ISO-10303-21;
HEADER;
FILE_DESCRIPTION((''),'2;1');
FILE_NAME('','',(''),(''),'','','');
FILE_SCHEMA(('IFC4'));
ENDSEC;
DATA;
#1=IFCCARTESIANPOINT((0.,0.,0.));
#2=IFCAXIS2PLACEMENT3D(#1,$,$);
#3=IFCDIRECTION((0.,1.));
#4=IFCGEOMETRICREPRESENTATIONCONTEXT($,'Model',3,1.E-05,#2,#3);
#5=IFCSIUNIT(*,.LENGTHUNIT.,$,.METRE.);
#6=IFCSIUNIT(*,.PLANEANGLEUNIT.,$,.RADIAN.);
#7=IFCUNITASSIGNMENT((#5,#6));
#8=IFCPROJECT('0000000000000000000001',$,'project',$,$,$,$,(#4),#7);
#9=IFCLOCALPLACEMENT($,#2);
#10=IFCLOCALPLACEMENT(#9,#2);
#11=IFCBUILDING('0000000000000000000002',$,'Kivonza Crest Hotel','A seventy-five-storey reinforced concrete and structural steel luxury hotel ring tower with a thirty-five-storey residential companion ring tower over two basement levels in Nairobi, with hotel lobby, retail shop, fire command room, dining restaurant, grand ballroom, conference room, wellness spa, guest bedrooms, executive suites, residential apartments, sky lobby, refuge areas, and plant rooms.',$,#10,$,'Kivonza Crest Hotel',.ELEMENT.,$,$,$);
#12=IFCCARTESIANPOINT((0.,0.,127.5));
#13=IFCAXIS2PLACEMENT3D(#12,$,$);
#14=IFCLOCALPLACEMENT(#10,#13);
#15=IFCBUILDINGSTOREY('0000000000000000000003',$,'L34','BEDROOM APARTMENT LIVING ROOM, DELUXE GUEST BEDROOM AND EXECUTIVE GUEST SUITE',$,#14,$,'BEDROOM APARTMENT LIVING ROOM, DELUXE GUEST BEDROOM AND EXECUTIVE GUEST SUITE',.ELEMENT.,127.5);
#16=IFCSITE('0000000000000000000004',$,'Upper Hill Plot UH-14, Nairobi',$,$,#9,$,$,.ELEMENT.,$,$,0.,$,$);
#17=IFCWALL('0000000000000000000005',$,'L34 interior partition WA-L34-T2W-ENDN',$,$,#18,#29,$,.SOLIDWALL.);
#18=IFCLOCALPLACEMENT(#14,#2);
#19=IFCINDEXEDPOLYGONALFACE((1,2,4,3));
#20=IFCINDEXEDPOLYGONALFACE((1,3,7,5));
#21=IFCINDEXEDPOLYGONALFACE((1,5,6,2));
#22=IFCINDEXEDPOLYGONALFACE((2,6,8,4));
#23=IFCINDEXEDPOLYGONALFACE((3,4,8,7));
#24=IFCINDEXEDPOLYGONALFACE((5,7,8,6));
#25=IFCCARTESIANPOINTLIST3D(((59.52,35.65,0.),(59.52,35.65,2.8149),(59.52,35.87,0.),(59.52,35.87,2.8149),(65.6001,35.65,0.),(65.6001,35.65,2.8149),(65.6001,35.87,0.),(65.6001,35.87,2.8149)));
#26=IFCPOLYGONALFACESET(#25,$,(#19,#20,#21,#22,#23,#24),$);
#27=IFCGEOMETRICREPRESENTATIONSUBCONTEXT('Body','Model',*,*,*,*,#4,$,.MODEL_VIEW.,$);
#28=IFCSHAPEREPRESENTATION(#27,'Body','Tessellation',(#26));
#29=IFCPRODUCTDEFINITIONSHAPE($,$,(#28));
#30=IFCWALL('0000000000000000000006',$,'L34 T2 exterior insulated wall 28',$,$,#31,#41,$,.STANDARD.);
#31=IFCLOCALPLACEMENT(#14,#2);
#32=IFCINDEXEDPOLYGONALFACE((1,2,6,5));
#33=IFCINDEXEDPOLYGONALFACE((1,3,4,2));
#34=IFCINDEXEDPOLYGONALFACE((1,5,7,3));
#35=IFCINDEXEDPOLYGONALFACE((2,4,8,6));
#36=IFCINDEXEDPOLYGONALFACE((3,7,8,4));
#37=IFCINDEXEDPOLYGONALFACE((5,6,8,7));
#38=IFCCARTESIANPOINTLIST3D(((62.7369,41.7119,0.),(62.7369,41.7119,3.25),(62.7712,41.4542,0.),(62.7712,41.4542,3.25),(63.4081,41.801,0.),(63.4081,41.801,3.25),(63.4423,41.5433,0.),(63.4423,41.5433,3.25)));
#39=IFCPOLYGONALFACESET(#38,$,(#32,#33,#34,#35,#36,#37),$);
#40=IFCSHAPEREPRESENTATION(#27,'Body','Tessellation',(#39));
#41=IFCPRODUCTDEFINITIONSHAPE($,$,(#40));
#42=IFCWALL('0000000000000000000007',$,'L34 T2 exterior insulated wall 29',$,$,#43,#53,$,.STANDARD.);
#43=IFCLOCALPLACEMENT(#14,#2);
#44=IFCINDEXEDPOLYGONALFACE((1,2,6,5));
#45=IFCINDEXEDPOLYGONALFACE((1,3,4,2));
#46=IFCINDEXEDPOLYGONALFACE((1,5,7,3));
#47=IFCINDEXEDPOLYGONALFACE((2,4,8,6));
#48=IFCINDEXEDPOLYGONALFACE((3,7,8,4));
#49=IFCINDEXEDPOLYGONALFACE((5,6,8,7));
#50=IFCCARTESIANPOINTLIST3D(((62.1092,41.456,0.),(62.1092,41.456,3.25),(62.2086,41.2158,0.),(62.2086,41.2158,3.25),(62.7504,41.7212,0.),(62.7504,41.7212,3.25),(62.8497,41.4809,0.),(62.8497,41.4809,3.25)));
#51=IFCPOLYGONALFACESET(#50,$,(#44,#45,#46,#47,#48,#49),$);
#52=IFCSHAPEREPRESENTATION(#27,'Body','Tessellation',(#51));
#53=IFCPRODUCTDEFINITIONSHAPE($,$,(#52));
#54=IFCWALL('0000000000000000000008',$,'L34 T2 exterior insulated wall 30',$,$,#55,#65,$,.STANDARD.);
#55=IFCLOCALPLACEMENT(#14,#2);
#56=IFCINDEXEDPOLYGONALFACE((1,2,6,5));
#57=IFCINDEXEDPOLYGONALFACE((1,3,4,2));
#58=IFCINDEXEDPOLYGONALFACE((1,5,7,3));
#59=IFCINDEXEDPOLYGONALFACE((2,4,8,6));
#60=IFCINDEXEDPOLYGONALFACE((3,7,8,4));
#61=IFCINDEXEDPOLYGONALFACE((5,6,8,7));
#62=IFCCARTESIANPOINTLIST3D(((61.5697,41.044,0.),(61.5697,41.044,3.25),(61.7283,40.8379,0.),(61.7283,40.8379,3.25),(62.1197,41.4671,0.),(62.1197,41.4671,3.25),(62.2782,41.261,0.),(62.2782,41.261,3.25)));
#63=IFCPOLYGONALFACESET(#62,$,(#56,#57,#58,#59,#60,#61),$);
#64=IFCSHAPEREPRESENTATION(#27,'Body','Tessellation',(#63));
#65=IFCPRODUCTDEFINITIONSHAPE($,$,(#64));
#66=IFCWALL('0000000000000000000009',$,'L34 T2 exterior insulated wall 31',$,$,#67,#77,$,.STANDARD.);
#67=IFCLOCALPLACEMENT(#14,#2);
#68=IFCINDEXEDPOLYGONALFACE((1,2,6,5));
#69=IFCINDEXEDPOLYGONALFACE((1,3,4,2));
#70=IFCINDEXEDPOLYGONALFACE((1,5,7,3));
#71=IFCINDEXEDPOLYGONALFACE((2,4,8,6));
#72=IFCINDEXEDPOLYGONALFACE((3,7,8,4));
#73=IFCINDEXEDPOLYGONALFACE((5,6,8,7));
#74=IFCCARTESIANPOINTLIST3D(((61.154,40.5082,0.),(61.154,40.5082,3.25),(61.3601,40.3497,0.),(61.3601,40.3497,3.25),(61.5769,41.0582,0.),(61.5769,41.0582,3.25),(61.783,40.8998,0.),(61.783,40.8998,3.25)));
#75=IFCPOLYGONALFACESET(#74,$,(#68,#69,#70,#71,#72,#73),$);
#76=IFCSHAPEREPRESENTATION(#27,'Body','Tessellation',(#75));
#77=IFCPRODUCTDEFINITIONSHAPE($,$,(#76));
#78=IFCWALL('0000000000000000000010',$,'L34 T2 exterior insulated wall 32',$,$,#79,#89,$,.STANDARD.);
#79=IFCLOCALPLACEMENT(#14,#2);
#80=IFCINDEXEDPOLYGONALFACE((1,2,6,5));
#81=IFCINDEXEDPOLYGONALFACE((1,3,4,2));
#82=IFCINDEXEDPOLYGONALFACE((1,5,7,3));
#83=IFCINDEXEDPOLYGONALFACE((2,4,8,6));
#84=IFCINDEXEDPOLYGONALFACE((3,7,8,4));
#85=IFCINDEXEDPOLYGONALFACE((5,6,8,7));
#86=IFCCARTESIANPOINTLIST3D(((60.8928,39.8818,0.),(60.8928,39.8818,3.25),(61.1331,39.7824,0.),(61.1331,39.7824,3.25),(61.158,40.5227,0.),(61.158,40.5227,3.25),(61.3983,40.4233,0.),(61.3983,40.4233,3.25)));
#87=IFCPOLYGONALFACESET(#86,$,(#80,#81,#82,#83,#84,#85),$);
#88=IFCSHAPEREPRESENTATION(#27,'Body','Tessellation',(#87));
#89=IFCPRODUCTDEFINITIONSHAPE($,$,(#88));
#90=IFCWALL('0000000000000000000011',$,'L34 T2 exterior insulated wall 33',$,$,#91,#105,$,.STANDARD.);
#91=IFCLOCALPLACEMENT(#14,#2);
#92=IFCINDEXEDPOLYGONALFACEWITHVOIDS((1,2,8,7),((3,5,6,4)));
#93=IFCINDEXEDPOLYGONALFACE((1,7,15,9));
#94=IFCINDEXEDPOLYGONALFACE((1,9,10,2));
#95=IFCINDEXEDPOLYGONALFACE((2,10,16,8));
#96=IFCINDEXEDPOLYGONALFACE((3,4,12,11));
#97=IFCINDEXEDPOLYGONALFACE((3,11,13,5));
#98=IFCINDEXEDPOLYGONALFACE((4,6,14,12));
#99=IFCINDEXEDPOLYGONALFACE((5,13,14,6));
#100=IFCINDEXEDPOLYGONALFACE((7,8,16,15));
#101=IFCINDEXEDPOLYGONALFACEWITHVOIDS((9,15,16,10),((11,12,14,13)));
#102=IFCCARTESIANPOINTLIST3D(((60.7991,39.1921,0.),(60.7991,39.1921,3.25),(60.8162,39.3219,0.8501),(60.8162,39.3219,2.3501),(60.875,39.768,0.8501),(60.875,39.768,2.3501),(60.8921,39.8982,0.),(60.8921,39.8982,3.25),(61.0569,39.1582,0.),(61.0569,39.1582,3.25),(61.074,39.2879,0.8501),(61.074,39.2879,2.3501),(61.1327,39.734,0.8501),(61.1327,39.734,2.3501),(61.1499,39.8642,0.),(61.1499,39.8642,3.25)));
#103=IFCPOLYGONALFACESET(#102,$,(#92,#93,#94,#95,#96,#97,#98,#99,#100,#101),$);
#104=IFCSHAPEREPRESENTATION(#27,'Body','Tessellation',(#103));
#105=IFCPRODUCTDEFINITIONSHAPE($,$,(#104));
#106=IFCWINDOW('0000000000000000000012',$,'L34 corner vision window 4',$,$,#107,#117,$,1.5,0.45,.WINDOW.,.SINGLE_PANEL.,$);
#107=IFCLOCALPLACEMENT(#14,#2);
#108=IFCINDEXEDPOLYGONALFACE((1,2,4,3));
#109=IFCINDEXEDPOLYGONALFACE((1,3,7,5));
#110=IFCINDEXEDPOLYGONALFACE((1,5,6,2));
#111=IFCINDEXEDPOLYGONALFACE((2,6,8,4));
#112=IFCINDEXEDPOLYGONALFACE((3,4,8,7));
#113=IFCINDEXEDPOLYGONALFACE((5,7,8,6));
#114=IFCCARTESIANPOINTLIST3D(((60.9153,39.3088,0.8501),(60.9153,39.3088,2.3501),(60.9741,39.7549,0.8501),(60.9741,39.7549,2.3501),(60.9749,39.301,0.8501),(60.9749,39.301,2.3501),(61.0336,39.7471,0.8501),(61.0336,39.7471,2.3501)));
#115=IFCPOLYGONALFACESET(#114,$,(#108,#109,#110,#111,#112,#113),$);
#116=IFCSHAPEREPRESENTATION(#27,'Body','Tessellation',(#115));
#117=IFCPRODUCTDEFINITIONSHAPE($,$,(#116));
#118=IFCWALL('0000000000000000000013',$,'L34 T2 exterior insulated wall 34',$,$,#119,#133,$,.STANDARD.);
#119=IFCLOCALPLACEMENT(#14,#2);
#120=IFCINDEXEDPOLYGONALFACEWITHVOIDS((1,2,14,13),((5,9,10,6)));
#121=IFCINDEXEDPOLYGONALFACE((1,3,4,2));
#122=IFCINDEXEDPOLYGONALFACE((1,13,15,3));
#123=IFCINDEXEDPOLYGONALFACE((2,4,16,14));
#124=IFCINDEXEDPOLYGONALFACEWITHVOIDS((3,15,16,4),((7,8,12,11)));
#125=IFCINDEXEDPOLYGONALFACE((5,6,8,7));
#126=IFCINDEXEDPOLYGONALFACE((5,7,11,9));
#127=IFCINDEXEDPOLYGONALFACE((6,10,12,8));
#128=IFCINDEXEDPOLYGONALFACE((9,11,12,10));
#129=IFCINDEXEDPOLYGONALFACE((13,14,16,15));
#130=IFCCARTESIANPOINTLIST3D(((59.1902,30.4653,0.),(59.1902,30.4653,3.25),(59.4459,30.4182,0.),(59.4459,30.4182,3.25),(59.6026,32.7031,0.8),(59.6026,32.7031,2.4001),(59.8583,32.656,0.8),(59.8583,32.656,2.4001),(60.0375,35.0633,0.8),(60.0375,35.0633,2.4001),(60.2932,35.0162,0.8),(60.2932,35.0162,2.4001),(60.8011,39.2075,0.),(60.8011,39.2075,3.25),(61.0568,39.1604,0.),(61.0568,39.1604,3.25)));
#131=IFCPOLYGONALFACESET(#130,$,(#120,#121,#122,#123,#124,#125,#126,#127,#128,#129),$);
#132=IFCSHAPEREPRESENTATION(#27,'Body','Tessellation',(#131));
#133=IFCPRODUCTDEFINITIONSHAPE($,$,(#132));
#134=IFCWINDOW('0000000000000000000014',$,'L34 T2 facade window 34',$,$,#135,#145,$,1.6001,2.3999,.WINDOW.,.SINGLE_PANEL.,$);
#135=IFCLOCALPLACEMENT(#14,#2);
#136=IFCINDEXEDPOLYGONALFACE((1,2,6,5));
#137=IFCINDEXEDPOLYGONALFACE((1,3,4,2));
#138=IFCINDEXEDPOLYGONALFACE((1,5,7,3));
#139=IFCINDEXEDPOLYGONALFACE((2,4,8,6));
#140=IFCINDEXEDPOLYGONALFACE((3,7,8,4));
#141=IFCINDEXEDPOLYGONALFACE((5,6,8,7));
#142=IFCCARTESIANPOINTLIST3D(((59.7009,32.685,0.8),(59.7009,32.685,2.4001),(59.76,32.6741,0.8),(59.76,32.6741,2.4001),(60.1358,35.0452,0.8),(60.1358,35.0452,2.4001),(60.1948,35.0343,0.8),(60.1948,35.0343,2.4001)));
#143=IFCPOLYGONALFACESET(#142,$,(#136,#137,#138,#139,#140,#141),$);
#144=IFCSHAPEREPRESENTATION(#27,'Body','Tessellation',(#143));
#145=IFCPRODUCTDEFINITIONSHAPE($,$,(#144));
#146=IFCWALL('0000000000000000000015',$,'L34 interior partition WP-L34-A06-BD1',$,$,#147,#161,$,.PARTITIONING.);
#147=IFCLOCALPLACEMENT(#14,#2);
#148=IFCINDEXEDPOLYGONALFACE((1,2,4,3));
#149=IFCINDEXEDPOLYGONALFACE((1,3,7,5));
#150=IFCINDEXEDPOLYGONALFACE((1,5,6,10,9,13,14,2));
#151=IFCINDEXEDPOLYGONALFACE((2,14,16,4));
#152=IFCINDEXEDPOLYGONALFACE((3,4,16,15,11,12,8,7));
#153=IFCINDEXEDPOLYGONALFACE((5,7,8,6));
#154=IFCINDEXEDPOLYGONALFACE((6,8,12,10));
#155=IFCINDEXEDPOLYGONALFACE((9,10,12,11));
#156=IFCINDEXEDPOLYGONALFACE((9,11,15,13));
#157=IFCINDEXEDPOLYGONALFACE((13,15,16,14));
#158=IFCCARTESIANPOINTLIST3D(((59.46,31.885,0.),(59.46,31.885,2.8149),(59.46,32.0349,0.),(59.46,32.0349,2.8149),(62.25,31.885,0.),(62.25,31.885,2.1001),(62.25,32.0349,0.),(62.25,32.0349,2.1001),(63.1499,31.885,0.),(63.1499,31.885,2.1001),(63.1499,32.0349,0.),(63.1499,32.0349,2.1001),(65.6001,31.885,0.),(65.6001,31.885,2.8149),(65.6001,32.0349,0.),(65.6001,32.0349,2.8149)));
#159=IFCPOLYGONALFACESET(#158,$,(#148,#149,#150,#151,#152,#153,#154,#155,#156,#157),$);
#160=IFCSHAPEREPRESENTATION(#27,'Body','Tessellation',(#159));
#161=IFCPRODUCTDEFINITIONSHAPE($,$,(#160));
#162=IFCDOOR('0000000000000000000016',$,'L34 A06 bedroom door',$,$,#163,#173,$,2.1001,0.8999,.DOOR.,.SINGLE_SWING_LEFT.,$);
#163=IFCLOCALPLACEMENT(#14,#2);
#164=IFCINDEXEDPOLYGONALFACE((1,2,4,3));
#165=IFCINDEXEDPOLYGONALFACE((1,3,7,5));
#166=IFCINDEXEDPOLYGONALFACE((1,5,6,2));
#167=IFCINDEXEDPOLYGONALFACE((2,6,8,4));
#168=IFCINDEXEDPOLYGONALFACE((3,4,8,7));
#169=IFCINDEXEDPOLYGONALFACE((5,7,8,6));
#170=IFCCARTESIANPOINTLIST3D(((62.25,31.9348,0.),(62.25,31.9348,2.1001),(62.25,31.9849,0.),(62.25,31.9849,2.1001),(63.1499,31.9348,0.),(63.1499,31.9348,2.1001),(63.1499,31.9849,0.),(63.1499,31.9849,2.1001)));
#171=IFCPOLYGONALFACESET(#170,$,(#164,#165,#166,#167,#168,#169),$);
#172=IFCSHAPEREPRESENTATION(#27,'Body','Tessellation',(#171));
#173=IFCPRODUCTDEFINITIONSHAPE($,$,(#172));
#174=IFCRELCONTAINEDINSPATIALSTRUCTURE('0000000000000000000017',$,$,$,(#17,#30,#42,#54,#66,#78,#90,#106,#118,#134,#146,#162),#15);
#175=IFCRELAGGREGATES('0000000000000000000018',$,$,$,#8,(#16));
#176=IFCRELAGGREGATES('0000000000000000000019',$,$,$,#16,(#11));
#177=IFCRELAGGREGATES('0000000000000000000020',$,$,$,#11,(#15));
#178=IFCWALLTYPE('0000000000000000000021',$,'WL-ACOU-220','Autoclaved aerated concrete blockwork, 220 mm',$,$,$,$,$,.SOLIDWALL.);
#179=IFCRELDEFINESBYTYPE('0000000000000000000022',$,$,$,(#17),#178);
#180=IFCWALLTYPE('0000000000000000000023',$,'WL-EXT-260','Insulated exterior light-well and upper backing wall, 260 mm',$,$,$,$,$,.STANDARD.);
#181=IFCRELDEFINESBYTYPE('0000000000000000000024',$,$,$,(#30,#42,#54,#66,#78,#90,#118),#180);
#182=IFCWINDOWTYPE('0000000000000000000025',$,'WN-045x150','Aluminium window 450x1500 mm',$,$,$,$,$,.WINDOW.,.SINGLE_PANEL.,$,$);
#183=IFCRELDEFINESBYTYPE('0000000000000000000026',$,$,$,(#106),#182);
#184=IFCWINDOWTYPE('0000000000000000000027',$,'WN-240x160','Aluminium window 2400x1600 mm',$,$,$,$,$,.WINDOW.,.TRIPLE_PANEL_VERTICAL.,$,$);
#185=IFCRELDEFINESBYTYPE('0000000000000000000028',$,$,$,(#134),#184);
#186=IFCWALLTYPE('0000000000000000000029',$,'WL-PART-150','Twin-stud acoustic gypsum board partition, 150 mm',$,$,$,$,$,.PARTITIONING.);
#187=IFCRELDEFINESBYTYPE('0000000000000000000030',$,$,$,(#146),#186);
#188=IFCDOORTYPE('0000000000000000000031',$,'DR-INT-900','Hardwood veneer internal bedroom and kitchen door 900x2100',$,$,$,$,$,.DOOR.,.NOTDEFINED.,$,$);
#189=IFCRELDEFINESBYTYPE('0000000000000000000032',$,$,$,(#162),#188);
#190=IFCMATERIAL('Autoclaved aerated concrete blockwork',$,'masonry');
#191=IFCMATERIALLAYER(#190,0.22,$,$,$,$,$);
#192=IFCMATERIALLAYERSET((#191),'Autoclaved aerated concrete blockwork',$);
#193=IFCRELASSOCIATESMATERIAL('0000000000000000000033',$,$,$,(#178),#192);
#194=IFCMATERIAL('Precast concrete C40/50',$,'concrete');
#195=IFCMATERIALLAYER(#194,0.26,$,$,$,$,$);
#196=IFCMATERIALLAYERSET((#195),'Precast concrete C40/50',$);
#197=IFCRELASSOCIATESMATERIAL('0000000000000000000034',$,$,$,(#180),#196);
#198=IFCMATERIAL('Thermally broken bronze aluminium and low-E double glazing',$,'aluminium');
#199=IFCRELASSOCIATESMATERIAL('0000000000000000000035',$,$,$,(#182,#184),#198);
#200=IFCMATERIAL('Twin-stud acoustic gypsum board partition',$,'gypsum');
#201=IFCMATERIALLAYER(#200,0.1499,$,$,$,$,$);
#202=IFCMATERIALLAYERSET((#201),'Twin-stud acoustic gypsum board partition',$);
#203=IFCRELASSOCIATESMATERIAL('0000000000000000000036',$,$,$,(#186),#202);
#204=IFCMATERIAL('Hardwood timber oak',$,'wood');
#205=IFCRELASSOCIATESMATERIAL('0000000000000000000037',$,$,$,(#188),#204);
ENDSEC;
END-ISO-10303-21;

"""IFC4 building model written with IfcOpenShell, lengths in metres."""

from ifc_helpers import new_model, si_unit, direction, frame, frame_2d, origin, place, context, subcontext, project, spatial, rectangle, extrude, material, layer, layer_set, type_object, element, fill, save


model = new_model("IFC4")

# Units and contexts
model_context = context("Model", 3, precision=1e-05, world=origin(), true_north=direction((0.0, 1.0)))
body_context = subcontext(model_context, "Body", "Model", "MODEL_VIEW")
ifc_project = project(units=[si_unit("LENGTHUNIT", "METRE"), si_unit("PLANEANGLEUNIT", "RADIAN")], contexts=[model_context])

# Site, building, storey
site_placement = place(None, origin())
site = spatial("IfcSite", under=ifc_project, at=site_placement, Name="Upper Hill Plot UH-14, Nairobi", CompositionType="ELEMENT", RefElevation=0.0)
building_placement = place(site_placement, origin())
building = spatial("IfcBuilding", under=site, at=building_placement, Name="Kivonza Crest Hotel", Description="A seventy-five-storey reinforced concrete and structural steel luxury hotel ring tower with a thirty-five-storey residential companion ring tower over two basement levels in Nairobi, with hotel lobby, retail shop, fire command room, dining restaurant, grand ballroom, conference room, wellness spa, guest bedrooms, executive suites, residential apartments, sky lobby, refuge areas, and plant rooms.", LongName="Kivonza Crest Hotel", CompositionType="ELEMENT")
storey_placement = place(building_placement, frame((0.0, 0.0, 127.5)))
storey = spatial("IfcBuildingStorey", under=building, at=storey_placement, Name="L34", Description="BEDROOM APARTMENT LIVING ROOM, DELUXE GUEST BEDROOM AND EXECUTIVE GUEST SUITE", LongName="BEDROOM APARTMENT LIVING ROOM, DELUXE GUEST BEDROOM AND EXECUTIVE GUEST SUITE", CompositionType="ELEMENT", Elevation=127.5)

# Walls
ifc_material_1 = material(Name="Autoclaved aerated concrete blockwork", Category="masonry")
ifc_layer_1 = layer(ifc_material_1, 0.22)
ifc_layer_set_1 = layer_set([ifc_layer_1], Name="Autoclaved aerated concrete blockwork")
wall_type_1 = type_object("IfcWallType", Name="WL-ACOU-220", Description="Autoclaved aerated concrete blockwork, 220 mm", PredefinedType="SOLIDWALL", material=ifc_layer_set_1)
wall_1_placement = place(storey_placement, frame((59.52, 35.76, 0.0), z_axis=(0.0, 0.0, 1.0), x_axis=(1.0, 0.0, 0.0)))
element("IfcWall", 1, at=wall_1_placement, inside=storey, type_object=wall_type_1, Name="L34 interior partition WA-L34-T2W-ENDN", PredefinedType="SOLIDWALL", context=body_context, shape_type="SweptSolid", body=[
    extrude(rectangle(XDim=6.0801, YDim=0.22, at=frame_2d((3.04, 0.0))), origin(), (0.0, 0.0, 1.0), 2.8149),
])
ifc_material_2 = material(Name="Precast concrete C40/50", Category="concrete")
ifc_layer_2 = layer(ifc_material_2, 0.26)
ifc_layer_set_2 = layer_set([ifc_layer_2], Name="Precast concrete C40/50")
wall_type_2 = type_object("IfcWallType", Name="WL-EXT-260", Description="Insulated exterior light-well and upper backing wall, 260 mm", PredefinedType="STANDARD", material=ifc_layer_set_2)
wall_2_placement = place(storey_placement, frame((63.425, 41.6721, 0.0), z_axis=(0.0, 0.0, 1.0), x_axis=(-0.9913, -0.13162, 0.0)))
element("IfcWall", 2, at=wall_2_placement, inside=storey, type_object=wall_type_2, Name="L34 T2 exterior insulated wall 28", PredefinedType="STANDARD", context=body_context, shape_type="SweptSolid", body=[
    extrude(rectangle(XDim=0.677, YDim=0.26, at=frame_2d((0.3384, 0.0))), origin(), (0.0, 0.0, 1.0), 3.25),
])
for number, where, z_axis, x_axis, name in (
    (3, (62.8, 41.6011, 0.0), (0.0, 0.0, 1.0), (-0.924094, -0.382165, 0.0), "L34 T2 exterior insulated wall 29"),
    (4, (62.199, 41.364, 0.0), (0.0, 0.0, 1.0), (-0.792637, -0.609694, 0.0), "L34 T2 exterior insulated wall 30"),
    (5, (61.6799, 40.979, 0.0), (0.0, 0.0, 1.0), (-0.609473, -0.792807, 0.0), "L34 T2 exterior insulated wall 31"),
):
    element("IfcWall", number, at=place(storey_placement, frame(where, z_axis=z_axis, x_axis=x_axis)), inside=storey, type_object=wall_type_2, Name=name, PredefinedType="STANDARD", context=body_context, shape_type="SweptSolid", body=[
        extrude(rectangle(XDim=0.6938, YDim=0.26, at=frame_2d((0.3469, 0.0))), origin(), (0.0, 0.0, 1.0), 3.25),
    ])
wall_3_placement = place(storey_placement, frame((61.2781, 40.4729, 0.0), z_axis=(0.0, 0.0, 1.0), x_axis=(-0.38229, -0.924043, 0.0)))
element("IfcWall", 6, at=wall_3_placement, inside=storey, type_object=wall_type_2, Name="L34 T2 exterior insulated wall 32", PredefinedType="STANDARD", context=body_context, shape_type="SweptSolid", body=[
    extrude(rectangle(XDim=0.6936, YDim=0.26, at=frame_2d((0.3467, 0.0))), origin(), (0.0, 0.0, 1.0), 3.25),
])

# Walls, openings, windows
wall_4_placement = place(storey_placement, frame((61.021, 39.8811, 0.0), z_axis=(0.0, 0.0, 1.0), x_axis=(-0.130614, -0.991433, 0.0)))
wall_4 = element("IfcWall", 7, at=wall_4_placement, inside=storey, type_object=wall_type_2, Name="L34 T2 exterior insulated wall 33", PredefinedType="STANDARD", context=body_context, shape_type="SweptSolid", body=[
    extrude(rectangle(XDim=0.7122, YDim=0.26, at=frame_2d((0.356, 0.0))), origin(), (0.0, 0.0, 1.0), 3.25),
])
opening_1_placement = place(wall_4_placement, frame((0.1311, 0.0, 0.8501)))
opening_1 = element("IfcOpeningElement", 8, at=opening_1_placement, cuts=wall_4, PredefinedType="OPENING", context=body_context, shape_type="SweptSolid", body=[
    extrude(rectangle(XDim=0.45, YDim=1.5, at=frame_2d((0.2251, 0.75))), frame((0.0, 0.1401, 0.0), z_axis=(0.0, -1.0, 0.0), x_axis=(1.0, 0.0, 0.0)), (0.0, 0.0, 1.0), 0.28),
])
ifc_material_3 = material(Name="Thermally broken bronze aluminium and low-E double glazing", Category="aluminium")
window_type_1 = type_object("IfcWindowType", Name="WN-045x150", Description="Aluminium window 450x1500 mm", PartitioningType="SINGLE_PANEL", PredefinedType="WINDOW", material=ifc_material_3)
window_1_placement = place(opening_1_placement, origin())
window_1 = element("IfcWindow", 9, at=window_1_placement, inside=storey, type_object=window_type_1, Name="L34 corner vision window 4", OverallHeight=1.5, OverallWidth=0.45, PartitioningType="SINGLE_PANEL", PredefinedType="WINDOW", context=body_context, shape_type="SweptSolid", body=[
    extrude(rectangle(XDim=0.45, YDim=1.5, at=frame_2d((0.2251, 0.75))), frame((0.0, 0.03, 0.0), z_axis=(0.0, -1.0, 0.0), x_axis=(1.0, 0.0, 0.0)), (0.0, 0.0, 1.0), 0.0601),
])
fill(opening_1, window_1)
wall_5_placement = place(storey_placement, frame((60.929, 39.1841, 0.0), z_axis=(0.0, 0.0, 1.0), x_axis=(-0.18121, -0.983444, 0.0)))
wall_5 = element("IfcWall", 10, at=wall_5_placement, inside=storey, type_object=wall_type_2, Name="L34 T2 exterior insulated wall 34", PredefinedType="STANDARD", context=body_context, shape_type="SweptSolid", body=[
    extrude(rectangle(XDim=8.8894, YDim=0.26, at=frame_2d((4.4448, 0.0))), origin(), (0.0, 0.0, 1.0), 3.25),
])
opening_2_placement = place(wall_5_placement, frame((4.2141, 0.0, 0.8)))
opening_2 = element("IfcOpeningElement", 11, at=opening_2_placement, cuts=wall_5, PredefinedType="OPENING", context=body_context, shape_type="SweptSolid", body=[
    extrude(rectangle(XDim=2.3999, YDim=1.6001, at=frame_2d((1.2, 0.8))), frame((0.0, 0.1401, 0.0), z_axis=(0.0, -1.0, 0.0), x_axis=(1.0, 0.0, 0.0)), (0.0, 0.0, 1.0), 0.28),
])
window_type_2 = type_object("IfcWindowType", Name="WN-240x160", Description="Aluminium window 2400x1600 mm", PartitioningType="TRIPLE_PANEL_VERTICAL", PredefinedType="WINDOW", material=ifc_material_3)
window_2_placement = place(opening_2_placement, origin())
window_2 = element("IfcWindow", 12, at=window_2_placement, inside=storey, type_object=window_type_2, Name="L34 T2 facade window 34", OverallHeight=1.6001, OverallWidth=2.3999, PartitioningType="SINGLE_PANEL", PredefinedType="WINDOW", context=body_context, shape_type="SweptSolid", body=[
    extrude(rectangle(XDim=2.3999, YDim=1.6001, at=frame_2d((1.2, 0.8))), frame((0.0, 0.03, 0.0), z_axis=(0.0, -1.0, 0.0), x_axis=(1.0, 0.0, 0.0)), (0.0, 0.0, 1.0), 0.0601),
])
fill(opening_2, window_2)

# Wall, opening, door
ifc_material_4 = material(Name="Twin-stud acoustic gypsum board partition", Category="gypsum")
ifc_layer_3 = layer(ifc_material_4, 0.1499)
ifc_layer_set_3 = layer_set([ifc_layer_3], Name="Twin-stud acoustic gypsum board partition")
wall_type_3 = type_object("IfcWallType", Name="WL-PART-150", Description="Twin-stud acoustic gypsum board partition, 150 mm", PredefinedType="PARTITIONING", material=ifc_layer_set_3)
wall_6_placement = place(storey_placement, frame((59.46, 31.96, 0.0), z_axis=(0.0, 0.0, 1.0), x_axis=(1.0, 0.0, 0.0)))
wall_6 = element("IfcWall", 13, at=wall_6_placement, inside=storey, type_object=wall_type_3, Name="L34 interior partition WP-L34-A06-BD1", PredefinedType="PARTITIONING", context=body_context, shape_type="SweptSolid", body=[
    extrude(rectangle(XDim=6.1401, YDim=0.1499, at=frame_2d((3.0701, 0.0))), origin(), (0.0, 0.0, 1.0), 2.8149),
])
opening_3_placement = place(wall_6_placement, frame((2.79, 0.0, 0.0)))
opening_3 = element("IfcOpeningElement", 14, at=opening_3_placement, cuts=wall_6, PredefinedType="OPENING", context=body_context, shape_type="SweptSolid", body=[
    extrude(rectangle(XDim=0.8999, YDim=2.1001, at=frame_2d((0.45, 1.05))), frame((0.0, 0.085, 0.0), z_axis=(0.0, -1.0, 0.0), x_axis=(1.0, 0.0, 0.0)), (0.0, 0.0, 1.0), 0.1699),
])
ifc_material_5 = material(Name="Hardwood timber oak", Category="wood")
door_type_1 = type_object("IfcDoorType", Name="DR-INT-900", Description="Hardwood veneer internal bedroom and kitchen door 900x2100", OperationType="NOTDEFINED", PredefinedType="DOOR", material=ifc_material_5)
door_1_placement = place(opening_3_placement, origin())
door_1 = element("IfcDoor", 15, at=door_1_placement, inside=storey, type_object=door_type_1, Name="L34 A06 bedroom door", OperationType="SINGLE_SWING_LEFT", OverallHeight=2.1001, OverallWidth=0.8999, PredefinedType="DOOR", context=body_context, shape_type="SweptSolid", body=[
    extrude(rectangle(XDim=0.8999, YDim=2.1001, at=frame_2d((0.45, 1.05))), frame((0.0, 0.0249, 0.0), z_axis=(0.0, -1.0, 0.0), x_axis=(1.0, 0.0, 0.0)), (0.0, 0.0, 1.0), 0.05),
])
fill(opening_3, door_1)

save(model, "model.ifc")
